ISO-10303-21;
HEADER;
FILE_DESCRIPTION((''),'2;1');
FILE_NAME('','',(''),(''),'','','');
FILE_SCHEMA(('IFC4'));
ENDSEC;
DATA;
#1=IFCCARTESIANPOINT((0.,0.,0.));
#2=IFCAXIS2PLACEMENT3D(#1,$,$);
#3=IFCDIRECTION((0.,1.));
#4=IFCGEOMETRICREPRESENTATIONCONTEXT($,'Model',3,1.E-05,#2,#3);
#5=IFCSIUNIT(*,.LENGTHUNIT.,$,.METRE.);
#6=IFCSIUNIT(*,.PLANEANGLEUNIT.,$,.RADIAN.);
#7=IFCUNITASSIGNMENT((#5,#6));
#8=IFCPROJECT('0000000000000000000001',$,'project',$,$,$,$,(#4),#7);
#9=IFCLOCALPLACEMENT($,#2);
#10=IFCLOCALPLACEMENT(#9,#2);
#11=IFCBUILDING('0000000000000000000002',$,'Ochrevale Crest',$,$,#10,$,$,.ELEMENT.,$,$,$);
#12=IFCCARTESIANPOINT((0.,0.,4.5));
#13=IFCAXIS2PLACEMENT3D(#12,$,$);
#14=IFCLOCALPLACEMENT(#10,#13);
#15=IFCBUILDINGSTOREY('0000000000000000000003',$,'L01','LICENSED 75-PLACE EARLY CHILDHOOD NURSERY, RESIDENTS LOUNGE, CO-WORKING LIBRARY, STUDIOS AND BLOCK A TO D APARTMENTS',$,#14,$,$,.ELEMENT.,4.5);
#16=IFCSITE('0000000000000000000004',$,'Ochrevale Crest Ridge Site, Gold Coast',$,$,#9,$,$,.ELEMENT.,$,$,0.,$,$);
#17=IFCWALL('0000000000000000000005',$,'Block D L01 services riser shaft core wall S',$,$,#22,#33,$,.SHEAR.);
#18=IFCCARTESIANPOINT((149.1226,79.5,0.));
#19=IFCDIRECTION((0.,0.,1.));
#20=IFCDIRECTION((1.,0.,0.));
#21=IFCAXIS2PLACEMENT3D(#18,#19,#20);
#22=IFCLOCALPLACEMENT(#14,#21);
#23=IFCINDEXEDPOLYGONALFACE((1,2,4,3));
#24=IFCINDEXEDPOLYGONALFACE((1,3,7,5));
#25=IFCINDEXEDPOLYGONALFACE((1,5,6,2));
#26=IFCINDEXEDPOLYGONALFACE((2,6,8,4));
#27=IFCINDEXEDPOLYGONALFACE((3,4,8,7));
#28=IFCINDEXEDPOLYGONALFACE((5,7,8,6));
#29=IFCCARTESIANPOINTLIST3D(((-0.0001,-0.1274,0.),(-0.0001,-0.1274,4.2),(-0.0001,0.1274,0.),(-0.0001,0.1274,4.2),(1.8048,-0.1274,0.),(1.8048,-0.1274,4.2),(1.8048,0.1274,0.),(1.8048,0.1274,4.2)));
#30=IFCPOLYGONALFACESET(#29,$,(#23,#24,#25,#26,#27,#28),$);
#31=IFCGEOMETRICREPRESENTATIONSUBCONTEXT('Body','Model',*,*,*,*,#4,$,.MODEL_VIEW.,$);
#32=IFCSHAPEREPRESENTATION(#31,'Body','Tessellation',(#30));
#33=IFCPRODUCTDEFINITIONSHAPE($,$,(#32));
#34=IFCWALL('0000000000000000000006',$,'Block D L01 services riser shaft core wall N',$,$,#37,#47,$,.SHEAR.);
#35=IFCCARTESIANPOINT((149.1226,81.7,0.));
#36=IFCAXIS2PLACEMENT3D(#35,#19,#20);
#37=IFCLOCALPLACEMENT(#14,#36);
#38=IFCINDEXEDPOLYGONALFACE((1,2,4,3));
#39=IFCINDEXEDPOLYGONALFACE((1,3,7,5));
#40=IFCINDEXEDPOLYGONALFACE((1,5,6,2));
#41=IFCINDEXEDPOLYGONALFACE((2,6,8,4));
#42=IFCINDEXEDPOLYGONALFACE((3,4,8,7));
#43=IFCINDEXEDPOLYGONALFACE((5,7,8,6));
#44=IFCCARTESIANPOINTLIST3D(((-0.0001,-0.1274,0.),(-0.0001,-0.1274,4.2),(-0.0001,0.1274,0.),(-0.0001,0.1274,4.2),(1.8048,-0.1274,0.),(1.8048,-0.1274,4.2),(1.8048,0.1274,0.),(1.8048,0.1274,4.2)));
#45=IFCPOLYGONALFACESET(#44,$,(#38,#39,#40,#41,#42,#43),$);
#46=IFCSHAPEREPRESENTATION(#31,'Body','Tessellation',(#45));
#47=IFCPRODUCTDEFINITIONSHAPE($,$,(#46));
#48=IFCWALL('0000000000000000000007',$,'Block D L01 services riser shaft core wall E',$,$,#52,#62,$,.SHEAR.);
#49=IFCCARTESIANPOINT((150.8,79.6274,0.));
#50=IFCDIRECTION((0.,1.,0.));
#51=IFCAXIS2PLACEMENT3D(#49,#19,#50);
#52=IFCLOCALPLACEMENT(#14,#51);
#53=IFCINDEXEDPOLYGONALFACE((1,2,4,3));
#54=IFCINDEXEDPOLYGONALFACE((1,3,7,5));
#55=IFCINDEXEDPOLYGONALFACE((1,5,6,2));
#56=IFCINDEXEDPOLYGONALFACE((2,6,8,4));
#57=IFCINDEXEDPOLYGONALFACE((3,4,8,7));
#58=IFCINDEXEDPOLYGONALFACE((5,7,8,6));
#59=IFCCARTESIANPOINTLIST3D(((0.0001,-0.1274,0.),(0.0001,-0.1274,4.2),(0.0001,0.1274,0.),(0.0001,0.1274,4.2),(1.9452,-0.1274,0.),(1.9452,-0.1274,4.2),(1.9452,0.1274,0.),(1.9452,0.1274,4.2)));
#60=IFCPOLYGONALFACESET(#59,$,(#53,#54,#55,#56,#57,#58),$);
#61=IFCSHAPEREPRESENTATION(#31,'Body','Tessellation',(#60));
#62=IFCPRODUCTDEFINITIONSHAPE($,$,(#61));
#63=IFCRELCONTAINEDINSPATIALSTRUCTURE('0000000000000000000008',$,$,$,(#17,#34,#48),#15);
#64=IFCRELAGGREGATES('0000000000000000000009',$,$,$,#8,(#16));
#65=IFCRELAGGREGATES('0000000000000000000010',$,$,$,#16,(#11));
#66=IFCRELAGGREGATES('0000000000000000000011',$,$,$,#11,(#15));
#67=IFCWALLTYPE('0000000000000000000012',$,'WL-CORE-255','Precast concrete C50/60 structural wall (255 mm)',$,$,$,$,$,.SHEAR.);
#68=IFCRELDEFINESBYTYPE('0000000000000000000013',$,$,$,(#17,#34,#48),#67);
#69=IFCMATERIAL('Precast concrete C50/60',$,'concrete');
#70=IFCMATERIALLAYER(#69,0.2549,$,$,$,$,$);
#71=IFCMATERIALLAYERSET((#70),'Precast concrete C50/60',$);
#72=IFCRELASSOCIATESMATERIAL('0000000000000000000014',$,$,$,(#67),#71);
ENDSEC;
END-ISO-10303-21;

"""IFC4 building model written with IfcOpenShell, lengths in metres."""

from ifc_helpers import new_model, si_unit, direction, frame, frame_2d, origin, place, context, subcontext, project, spatial, rectangle, extrude, material, layer, layer_set, type_object, element, save


model = new_model("IFC4")

# Units and contexts
model_context = context("Model", 3, precision=1e-05, world=origin(), true_north=direction((0.0, 1.0)))
body_context = subcontext(model_context, "Body", "Model", "MODEL_VIEW")
ifc_project = project(units=[si_unit("LENGTHUNIT", "METRE"), si_unit("PLANEANGLEUNIT", "RADIAN")], contexts=[model_context])

# Site, building, storey
site_placement = place(None, origin())
site = spatial("IfcSite", under=ifc_project, at=site_placement, Name="Ochrevale Crest Ridge Site, Gold Coast", CompositionType="ELEMENT", RefElevation=0.0)
building_placement = place(site_placement, origin())
building = spatial("IfcBuilding", under=site, at=building_placement, Name="Ochrevale Crest", CompositionType="ELEMENT")
storey_placement = place(building_placement, frame((0.0, 0.0, 4.5)))
storey = spatial("IfcBuildingStorey", under=building, at=storey_placement, Name="L01", Description="LICENSED 75-PLACE EARLY CHILDHOOD NURSERY, RESIDENTS LOUNGE, CO-WORKING LIBRARY, STUDIOS AND BLOCK A TO D APARTMENTS", CompositionType="ELEMENT", Elevation=4.5)

# Shared definitions
ifc_material_1 = material(Name="Precast concrete C50/60", Category="concrete")

# Shared definitions
ifc_layer_1 = layer(ifc_material_1, 0.2549)
ifc_layer_set_1 = layer_set([ifc_layer_1], Name="Precast concrete C50/60")
wall_type_1 = type_object("IfcWallType", Name="WL-CORE-255", Description="Precast concrete C50/60 structural wall (255 mm)", PredefinedType="SHEAR", material=ifc_layer_set_1)

# Walls
for number, where, z_axis, x_axis, name in (
    (1, (149.1226, 79.5, 0.0), (0.0, 0.0, 1.0), (1.0, 0.0, 0.0), "Block D L01 services riser shaft core wall S"),
    (2, (149.1226, 81.7, 0.0), (0.0, 0.0, 1.0), (1.0, 0.0, 0.0), "Block D L01 services riser shaft core wall N"),
):
    element("IfcWall", number, at=place(storey_placement, frame(where, z_axis=z_axis, x_axis=x_axis)), inside=storey, type_object=wall_type_1, Name=name, PredefinedType="SHEAR", context=body_context, shape_type="SweptSolid", body=[
        extrude(rectangle(XDim=1.8049, YDim=0.2549, at=frame_2d((0.9023, 0.0))), origin(), (0.0, 0.0, 1.0), 4.2),
    ])
wall_1_placement = place(storey_placement, frame((150.8, 79.6274, 0.0), z_axis=(0.0, 0.0, 1.0), x_axis=(0.0, 1.0, 0.0)))
element("IfcWall", 3, at=wall_1_placement, inside=storey, type_object=wall_type_1, Name="Block D L01 services riser shaft core wall E", PredefinedType="SHEAR", context=body_context, shape_type="SweptSolid", body=[
    extrude(rectangle(XDim=1.9451, YDim=0.2549, at=frame_2d((0.9727, 0.0))), origin(), (0.0, 0.0, 1.0), 4.2),
])

save(model, "model.ifc")
